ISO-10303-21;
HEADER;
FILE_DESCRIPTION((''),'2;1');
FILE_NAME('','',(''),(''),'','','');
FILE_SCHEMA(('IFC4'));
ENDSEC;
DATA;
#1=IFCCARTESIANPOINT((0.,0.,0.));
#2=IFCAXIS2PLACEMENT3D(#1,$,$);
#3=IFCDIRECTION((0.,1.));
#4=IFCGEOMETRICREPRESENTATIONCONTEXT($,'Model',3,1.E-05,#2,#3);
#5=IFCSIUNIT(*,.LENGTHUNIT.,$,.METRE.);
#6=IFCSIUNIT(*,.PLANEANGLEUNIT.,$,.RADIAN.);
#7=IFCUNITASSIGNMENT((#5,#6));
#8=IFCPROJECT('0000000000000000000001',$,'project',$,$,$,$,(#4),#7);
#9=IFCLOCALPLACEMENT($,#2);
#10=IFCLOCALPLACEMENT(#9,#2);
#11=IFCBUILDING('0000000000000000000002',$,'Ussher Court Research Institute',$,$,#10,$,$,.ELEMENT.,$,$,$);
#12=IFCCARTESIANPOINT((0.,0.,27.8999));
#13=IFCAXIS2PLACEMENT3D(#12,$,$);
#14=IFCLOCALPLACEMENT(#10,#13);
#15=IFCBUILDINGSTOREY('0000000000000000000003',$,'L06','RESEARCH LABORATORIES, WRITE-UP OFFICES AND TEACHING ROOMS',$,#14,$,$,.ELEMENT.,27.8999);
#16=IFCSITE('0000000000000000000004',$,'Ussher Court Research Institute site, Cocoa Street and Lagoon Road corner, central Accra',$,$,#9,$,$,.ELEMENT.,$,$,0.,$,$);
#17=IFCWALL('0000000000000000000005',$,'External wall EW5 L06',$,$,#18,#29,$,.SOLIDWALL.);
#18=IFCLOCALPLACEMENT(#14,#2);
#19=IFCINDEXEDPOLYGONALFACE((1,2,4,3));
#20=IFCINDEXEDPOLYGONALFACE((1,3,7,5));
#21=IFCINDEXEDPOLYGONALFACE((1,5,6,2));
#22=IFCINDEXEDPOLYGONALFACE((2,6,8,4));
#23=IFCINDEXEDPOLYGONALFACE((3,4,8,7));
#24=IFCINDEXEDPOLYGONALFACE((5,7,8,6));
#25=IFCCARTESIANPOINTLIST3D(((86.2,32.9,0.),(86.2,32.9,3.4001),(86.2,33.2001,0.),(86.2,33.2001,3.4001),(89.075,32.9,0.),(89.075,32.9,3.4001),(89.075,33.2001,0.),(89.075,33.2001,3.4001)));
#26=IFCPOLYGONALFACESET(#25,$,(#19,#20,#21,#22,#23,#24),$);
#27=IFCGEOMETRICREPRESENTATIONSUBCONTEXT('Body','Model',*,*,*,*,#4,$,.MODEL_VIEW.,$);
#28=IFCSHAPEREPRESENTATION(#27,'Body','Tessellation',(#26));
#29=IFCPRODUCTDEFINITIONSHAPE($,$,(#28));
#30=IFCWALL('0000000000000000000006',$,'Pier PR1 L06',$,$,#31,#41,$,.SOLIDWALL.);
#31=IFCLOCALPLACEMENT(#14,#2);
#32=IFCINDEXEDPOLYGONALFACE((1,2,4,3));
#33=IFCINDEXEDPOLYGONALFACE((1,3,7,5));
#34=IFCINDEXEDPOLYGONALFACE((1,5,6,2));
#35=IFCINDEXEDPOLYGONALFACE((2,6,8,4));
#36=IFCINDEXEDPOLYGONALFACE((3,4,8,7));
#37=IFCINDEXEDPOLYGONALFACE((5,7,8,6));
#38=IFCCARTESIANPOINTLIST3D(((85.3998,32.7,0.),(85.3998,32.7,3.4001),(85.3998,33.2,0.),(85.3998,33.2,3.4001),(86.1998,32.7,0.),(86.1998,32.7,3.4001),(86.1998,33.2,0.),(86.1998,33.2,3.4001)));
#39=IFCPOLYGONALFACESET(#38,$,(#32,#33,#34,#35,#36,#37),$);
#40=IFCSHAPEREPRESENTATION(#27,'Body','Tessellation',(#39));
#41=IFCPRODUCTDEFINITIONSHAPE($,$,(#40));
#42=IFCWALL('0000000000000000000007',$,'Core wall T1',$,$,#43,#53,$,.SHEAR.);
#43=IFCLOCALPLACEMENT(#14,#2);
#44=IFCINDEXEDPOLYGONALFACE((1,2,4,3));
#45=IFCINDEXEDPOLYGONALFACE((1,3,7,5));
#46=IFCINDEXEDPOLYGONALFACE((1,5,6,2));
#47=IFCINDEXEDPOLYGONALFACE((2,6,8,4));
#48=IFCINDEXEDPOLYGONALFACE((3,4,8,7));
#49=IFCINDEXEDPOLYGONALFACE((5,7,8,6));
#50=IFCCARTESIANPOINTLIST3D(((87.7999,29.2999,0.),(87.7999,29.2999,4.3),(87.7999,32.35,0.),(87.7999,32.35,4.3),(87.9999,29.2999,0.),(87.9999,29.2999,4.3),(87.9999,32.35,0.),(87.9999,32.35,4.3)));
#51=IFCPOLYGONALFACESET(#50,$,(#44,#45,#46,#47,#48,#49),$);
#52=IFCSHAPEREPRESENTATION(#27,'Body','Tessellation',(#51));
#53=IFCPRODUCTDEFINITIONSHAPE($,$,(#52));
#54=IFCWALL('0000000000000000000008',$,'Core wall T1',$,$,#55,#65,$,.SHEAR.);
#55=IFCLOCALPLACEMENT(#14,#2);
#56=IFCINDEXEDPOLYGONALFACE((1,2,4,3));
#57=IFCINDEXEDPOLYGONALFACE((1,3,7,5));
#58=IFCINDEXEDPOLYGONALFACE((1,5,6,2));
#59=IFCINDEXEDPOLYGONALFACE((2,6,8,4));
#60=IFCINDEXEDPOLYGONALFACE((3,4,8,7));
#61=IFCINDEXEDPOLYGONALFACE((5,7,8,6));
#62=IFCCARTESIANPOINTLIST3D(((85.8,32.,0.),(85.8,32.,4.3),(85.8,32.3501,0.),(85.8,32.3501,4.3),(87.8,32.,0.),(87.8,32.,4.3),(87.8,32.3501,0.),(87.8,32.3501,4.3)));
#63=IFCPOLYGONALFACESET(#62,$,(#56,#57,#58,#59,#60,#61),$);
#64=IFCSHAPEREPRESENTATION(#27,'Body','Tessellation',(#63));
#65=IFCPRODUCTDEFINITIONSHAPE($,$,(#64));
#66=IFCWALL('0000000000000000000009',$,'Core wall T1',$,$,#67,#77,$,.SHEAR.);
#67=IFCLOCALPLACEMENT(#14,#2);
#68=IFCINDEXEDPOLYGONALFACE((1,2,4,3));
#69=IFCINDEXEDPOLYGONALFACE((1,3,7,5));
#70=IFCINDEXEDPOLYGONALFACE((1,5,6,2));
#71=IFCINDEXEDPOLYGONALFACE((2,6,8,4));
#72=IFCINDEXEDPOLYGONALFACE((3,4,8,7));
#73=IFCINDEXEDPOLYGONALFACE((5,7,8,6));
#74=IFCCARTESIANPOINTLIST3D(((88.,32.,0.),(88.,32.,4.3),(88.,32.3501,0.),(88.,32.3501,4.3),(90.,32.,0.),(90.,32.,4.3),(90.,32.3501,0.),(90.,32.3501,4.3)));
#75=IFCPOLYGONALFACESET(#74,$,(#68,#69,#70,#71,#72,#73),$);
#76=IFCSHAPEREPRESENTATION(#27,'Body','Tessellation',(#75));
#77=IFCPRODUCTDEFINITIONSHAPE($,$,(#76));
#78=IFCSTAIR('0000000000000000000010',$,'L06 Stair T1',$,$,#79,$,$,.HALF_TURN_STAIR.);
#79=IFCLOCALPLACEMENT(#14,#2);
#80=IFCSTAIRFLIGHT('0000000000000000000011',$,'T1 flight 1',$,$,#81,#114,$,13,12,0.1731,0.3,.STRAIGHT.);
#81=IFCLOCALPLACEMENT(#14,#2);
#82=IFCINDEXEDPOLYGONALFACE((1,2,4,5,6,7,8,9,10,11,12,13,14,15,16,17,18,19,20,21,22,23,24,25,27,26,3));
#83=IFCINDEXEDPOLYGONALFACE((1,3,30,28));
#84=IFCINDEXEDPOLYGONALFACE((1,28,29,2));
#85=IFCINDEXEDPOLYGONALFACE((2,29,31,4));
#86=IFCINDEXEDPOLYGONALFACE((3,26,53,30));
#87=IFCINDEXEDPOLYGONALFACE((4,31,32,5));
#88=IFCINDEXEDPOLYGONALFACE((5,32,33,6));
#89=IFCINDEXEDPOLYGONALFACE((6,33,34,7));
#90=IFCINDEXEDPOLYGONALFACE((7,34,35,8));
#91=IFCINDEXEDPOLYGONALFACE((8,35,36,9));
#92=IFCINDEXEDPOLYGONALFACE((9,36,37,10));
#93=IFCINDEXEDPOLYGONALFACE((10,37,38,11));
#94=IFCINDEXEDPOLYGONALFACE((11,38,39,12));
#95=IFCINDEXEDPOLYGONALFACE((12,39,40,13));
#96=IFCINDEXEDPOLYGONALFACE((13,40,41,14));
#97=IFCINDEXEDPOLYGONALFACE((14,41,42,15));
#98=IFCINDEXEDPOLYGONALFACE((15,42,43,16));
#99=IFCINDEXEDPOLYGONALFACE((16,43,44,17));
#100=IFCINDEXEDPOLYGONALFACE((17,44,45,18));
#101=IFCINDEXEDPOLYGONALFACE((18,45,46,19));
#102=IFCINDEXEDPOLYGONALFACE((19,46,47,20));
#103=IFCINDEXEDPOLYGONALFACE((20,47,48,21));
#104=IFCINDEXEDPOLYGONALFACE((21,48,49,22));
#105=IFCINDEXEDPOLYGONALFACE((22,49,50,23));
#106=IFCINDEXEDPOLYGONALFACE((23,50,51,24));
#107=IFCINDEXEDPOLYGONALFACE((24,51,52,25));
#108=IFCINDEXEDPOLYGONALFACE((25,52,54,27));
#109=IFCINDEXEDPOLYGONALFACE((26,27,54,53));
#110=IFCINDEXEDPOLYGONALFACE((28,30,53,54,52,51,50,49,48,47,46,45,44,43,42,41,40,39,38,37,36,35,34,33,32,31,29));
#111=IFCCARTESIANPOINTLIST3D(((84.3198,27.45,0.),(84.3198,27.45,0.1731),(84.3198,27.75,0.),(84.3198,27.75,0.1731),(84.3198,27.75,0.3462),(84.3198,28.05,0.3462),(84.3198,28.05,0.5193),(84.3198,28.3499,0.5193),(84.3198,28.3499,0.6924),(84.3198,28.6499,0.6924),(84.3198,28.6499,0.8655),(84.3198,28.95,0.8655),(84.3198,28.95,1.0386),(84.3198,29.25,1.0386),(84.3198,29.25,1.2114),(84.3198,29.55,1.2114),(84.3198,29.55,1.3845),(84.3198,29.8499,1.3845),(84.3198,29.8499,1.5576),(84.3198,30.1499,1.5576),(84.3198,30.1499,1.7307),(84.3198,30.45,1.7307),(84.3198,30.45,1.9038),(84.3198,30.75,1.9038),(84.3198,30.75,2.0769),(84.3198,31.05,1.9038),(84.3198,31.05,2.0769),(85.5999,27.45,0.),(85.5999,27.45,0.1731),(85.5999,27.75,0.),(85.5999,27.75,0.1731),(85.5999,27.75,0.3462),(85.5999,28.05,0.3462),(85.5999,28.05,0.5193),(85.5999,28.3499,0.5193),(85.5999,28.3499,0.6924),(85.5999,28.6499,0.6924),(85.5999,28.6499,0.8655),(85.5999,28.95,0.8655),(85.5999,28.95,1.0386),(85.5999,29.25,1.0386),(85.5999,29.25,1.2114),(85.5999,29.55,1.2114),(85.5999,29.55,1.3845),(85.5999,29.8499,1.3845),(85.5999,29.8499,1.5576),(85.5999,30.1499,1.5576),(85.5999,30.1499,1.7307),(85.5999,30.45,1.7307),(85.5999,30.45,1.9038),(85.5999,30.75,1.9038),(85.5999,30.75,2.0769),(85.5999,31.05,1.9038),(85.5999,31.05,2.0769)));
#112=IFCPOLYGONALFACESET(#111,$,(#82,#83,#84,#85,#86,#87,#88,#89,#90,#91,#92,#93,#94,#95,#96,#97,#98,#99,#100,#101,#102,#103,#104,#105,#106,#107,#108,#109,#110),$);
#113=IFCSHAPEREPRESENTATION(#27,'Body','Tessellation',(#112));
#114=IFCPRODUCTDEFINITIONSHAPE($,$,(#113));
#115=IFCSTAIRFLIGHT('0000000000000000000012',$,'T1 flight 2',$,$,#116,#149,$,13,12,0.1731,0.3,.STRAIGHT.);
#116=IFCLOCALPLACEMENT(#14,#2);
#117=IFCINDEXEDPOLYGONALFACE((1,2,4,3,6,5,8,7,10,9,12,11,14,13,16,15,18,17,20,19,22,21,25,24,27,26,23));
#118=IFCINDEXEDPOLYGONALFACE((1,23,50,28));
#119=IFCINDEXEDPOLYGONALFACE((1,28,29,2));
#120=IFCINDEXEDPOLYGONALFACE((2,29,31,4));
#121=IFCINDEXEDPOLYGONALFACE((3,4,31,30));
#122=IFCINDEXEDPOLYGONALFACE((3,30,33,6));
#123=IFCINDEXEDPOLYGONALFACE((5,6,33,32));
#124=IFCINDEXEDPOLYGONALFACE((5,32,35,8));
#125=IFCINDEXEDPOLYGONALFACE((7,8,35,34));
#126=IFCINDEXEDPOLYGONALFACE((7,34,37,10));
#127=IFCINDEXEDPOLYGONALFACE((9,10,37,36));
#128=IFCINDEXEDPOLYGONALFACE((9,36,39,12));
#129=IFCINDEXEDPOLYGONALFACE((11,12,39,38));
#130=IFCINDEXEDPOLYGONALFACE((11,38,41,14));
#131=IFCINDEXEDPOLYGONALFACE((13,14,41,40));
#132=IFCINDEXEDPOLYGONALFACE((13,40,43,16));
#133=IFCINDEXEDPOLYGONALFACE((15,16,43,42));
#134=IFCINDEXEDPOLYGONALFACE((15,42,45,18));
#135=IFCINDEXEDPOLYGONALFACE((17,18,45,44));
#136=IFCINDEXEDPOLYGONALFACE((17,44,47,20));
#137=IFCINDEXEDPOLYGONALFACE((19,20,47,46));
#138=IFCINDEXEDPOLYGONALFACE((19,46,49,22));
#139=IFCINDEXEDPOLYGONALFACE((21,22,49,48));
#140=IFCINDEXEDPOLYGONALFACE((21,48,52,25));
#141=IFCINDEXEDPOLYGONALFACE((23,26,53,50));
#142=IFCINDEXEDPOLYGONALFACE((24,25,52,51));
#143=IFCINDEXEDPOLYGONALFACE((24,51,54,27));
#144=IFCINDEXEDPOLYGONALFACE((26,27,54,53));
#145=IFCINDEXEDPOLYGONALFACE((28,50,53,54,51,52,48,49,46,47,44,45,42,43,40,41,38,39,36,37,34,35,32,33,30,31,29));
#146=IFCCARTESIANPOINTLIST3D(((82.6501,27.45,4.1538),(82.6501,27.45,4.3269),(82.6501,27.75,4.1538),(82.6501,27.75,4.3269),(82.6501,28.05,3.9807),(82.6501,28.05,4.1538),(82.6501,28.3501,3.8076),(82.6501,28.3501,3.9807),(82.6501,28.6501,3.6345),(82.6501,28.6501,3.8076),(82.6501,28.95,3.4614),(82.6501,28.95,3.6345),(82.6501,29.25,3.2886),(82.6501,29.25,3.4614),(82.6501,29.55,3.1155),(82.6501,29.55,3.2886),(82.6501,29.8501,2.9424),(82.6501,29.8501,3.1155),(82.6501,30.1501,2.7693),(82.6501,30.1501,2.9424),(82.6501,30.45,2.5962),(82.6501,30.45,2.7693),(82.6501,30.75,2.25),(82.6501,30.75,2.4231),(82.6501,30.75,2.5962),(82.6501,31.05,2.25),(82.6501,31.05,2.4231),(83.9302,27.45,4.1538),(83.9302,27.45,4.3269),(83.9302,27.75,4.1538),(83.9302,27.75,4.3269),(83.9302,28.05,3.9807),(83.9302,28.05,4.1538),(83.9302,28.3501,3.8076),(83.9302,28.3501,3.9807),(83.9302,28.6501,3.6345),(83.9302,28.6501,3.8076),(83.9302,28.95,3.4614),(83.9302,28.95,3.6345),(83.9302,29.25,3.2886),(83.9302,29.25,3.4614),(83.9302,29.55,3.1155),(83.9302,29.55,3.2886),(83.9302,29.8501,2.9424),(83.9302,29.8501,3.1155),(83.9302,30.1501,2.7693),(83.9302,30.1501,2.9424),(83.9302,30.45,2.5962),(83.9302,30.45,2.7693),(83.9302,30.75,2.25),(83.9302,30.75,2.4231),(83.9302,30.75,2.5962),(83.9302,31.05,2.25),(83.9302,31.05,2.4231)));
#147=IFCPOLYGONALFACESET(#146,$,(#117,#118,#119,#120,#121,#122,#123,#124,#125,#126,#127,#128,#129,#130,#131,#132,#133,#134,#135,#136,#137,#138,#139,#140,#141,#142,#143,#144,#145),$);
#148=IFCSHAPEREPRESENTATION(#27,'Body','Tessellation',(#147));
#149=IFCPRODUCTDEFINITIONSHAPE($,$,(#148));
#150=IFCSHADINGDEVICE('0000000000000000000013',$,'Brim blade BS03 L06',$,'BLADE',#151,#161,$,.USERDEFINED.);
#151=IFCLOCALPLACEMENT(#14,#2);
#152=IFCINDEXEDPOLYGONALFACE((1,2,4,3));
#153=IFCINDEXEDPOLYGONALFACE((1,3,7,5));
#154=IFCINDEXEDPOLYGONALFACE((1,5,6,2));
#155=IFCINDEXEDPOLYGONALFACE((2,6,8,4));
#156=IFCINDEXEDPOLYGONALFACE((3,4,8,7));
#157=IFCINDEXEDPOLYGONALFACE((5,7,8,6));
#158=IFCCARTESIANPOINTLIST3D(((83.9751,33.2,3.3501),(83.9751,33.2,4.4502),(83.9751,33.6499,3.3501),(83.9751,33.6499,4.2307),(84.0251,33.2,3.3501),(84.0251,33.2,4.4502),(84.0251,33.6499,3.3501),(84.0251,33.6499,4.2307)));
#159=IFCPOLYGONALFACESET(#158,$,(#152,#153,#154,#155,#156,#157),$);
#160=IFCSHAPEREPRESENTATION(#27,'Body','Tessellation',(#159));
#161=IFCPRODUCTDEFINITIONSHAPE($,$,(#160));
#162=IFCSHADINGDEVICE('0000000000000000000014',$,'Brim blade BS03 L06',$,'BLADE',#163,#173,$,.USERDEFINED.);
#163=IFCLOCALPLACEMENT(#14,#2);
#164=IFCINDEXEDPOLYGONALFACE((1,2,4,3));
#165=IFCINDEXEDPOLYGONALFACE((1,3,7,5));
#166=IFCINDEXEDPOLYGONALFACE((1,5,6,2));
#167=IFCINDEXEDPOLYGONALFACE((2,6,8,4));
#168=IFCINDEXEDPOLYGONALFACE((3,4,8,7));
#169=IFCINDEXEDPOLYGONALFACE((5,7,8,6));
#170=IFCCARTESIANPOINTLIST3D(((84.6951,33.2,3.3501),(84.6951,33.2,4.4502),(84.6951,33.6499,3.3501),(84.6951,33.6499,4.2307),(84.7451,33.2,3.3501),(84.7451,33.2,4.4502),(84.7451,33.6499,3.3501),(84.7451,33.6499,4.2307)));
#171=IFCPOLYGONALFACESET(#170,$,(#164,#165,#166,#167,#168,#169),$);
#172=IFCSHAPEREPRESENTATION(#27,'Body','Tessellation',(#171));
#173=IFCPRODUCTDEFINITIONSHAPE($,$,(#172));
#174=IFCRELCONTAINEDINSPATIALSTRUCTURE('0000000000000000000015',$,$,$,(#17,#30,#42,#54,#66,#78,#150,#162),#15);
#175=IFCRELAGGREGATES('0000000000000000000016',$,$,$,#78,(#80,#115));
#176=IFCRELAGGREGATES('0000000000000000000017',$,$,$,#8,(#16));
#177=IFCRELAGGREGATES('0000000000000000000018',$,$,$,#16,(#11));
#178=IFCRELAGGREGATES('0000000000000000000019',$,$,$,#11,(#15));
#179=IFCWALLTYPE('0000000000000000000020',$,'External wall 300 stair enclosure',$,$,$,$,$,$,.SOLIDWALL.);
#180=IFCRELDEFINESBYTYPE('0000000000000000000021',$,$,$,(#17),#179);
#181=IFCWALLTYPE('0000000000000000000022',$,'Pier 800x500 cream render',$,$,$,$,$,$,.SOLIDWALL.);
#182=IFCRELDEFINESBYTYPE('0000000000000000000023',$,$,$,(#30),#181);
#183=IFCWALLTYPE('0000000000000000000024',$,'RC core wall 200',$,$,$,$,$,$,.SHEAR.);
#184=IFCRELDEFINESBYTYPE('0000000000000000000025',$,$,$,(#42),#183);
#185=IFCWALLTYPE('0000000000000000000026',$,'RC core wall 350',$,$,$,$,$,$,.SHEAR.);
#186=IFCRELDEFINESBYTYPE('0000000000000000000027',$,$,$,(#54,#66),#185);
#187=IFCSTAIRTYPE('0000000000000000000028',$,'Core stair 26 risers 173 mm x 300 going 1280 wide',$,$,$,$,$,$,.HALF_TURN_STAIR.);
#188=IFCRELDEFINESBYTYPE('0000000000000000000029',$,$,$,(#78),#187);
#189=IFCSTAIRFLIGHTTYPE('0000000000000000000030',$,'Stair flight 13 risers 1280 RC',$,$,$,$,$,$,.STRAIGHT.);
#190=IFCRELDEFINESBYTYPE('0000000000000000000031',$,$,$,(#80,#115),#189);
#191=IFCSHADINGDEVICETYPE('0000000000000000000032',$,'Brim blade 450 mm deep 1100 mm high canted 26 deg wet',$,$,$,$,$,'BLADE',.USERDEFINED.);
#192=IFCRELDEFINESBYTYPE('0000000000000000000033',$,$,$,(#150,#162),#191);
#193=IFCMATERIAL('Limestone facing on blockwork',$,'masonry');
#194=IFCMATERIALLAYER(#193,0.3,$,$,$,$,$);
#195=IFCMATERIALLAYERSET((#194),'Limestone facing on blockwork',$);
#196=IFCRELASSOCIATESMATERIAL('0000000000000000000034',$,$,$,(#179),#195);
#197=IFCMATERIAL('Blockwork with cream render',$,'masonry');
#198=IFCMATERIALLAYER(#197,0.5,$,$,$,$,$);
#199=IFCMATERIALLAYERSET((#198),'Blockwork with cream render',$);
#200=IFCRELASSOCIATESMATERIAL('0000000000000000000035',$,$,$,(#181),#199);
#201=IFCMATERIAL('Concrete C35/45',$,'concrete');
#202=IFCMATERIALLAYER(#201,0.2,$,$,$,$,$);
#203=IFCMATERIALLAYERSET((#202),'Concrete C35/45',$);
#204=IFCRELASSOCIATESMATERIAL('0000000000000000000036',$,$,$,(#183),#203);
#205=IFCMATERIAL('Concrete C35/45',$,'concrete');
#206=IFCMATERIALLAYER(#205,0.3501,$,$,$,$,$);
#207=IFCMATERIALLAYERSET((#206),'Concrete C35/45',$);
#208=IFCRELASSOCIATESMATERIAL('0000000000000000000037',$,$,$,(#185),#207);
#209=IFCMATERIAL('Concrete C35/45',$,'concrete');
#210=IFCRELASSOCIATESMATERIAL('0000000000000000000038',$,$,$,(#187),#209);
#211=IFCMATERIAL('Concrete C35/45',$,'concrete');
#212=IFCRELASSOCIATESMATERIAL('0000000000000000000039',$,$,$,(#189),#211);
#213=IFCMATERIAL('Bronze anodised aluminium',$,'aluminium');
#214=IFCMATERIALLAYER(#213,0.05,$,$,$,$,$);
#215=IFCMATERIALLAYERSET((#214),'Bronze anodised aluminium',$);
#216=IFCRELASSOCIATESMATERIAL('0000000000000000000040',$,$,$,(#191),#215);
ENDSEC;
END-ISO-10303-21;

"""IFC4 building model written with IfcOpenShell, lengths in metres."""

from ifc_helpers import new_model, si_unit, direction, frame, frame_2d, origin, place, context, subcontext, project, spatial, polyline, rectangle, outline, extrude, material, layer, layer_set, type_object, element, aggregate, save


model = new_model("IFC4")

# Units and contexts
model_context = context("Model", 3, precision=1e-05, world=origin(), true_north=direction((0.0, 1.0)))
body_context = subcontext(model_context, "Body", "Model", "MODEL_VIEW")
ifc_project = project(units=[si_unit("LENGTHUNIT", "METRE"), si_unit("PLANEANGLEUNIT", "RADIAN")], contexts=[model_context])

# Site, building, storey
site_placement = place(None, origin())
site = spatial("IfcSite", under=ifc_project, at=site_placement, Name="Ussher Court Research Institute site, Cocoa Street and Lagoon Road corner, central Accra", CompositionType="ELEMENT", RefElevation=0.0)
building_placement = place(site_placement, origin())
building = spatial("IfcBuilding", under=site, at=building_placement, Name="Ussher Court Research Institute", CompositionType="ELEMENT")
storey_placement = place(building_placement, frame((0.0, 0.0, 27.8999)))
storey = spatial("IfcBuildingStorey", under=building, at=storey_placement, Name="L06", Description="RESEARCH LABORATORIES, WRITE-UP OFFICES AND TEACHING ROOMS", CompositionType="ELEMENT", Elevation=27.8999)

# Walls
ifc_material_1 = material(Name="Limestone facing on blockwork", Category="masonry")
ifc_layer_1 = layer(ifc_material_1, 0.3)
ifc_layer_set_1 = layer_set([ifc_layer_1], Name="Limestone facing on blockwork")
wall_type_1 = type_object("IfcWallType", Name="External wall 300 stair enclosure", PredefinedType="SOLIDWALL", material=ifc_layer_set_1)
wall_1_placement = place(storey_placement, frame((86.2, 33.05, 0.0), z_axis=(0.0, 0.0, 1.0), x_axis=(1.0, 0.0, 0.0)))
element("IfcWall", 1, at=wall_1_placement, inside=storey, type_object=wall_type_1, Name="External wall EW5 L06", PredefinedType="SOLIDWALL", context=body_context, shape_type="SweptSolid", body=[
    extrude(rectangle(XDim=2.875, YDim=0.3, at=frame_2d((1.4375, 0.0))), origin(), (0.0, 0.0, 1.0), 3.4001),
])
ifc_material_2 = material(Name="Blockwork with cream render", Category="masonry")
ifc_layer_2 = layer(ifc_material_2, 0.5)
ifc_layer_set_2 = layer_set([ifc_layer_2], Name="Blockwork with cream render")
wall_type_2 = type_object("IfcWallType", Name="Pier 800x500 cream render", PredefinedType="SOLIDWALL", material=ifc_layer_set_2)
wall_2_placement = place(storey_placement, frame((85.3999, 32.95, 0.0), z_axis=(0.0, 0.0, 1.0), x_axis=(1.0, 0.0, 0.0)))
element("IfcWall", 2, at=wall_2_placement, inside=storey, type_object=wall_type_2, Name="Pier PR1 L06", PredefinedType="SOLIDWALL", context=body_context, shape_type="SweptSolid", body=[
    extrude(rectangle(XDim=0.8, YDim=0.5, at=frame_2d((0.3999, 0.0))), origin(), (0.0, 0.0, 1.0), 3.4001),
])
ifc_material_3 = material(Name="Concrete C35/45", Category="concrete")
ifc_layer_3 = layer(ifc_material_3, 0.2)
ifc_layer_set_3 = layer_set([ifc_layer_3], Name="Concrete C35/45")
wall_type_3 = type_object("IfcWallType", Name="RC core wall 200", PredefinedType="SHEAR", material=ifc_layer_set_3)
wall_3_placement = place(storey_placement, frame((87.8999, 29.3, 0.0), z_axis=(0.0, 0.0, 1.0), x_axis=(0.0, 1.0, 0.0)))
element("IfcWall", 3, at=wall_3_placement, inside=storey, type_object=wall_type_3, Name="Core wall T1", PredefinedType="SHEAR", context=body_context, shape_type="SweptSolid", body=[
    extrude(rectangle(XDim=3.05, YDim=0.2, at=frame_2d((1.5249, 0.0))), origin(), (0.0, 0.0, 1.0), 4.3),
])
ifc_material_4 = material(Name="Concrete C35/45", Category="concrete")
ifc_layer_4 = layer(ifc_material_4, 0.3501)
ifc_layer_set_4 = layer_set([ifc_layer_4], Name="Concrete C35/45")
wall_type_4 = type_object("IfcWallType", Name="RC core wall 350", PredefinedType="SHEAR", material=ifc_layer_set_4)
for number, where, z_axis, x_axis, name in (
    (4, (85.8, 32.175, 0.0), (0.0, 0.0, 1.0), (1.0, 0.0, 0.0), "Core wall T1"),
    (5, (88.0, 32.175, 0.0), (0.0, 0.0, 1.0), (1.0, 0.0, 0.0), "Core wall T1"),
):
    element("IfcWall", number, at=place(storey_placement, frame(where, z_axis=z_axis, x_axis=x_axis)), inside=storey, type_object=wall_type_4, Name=name, PredefinedType="SHEAR", context=body_context, shape_type="SweptSolid", body=[
        extrude(rectangle(XDim=2.0, YDim=0.3501, at=frame_2d((1.0, 0.0))), origin(), (0.0, 0.0, 1.0), 4.3),
    ])

# Stair, stair flights
ifc_material_5 = material(Name="Concrete C35/45", Category="concrete")
stair_type = type_object("IfcStairType", Name="Core stair 26 risers 173 mm x 300 going 1280 wide", PredefinedType="HALF_TURN_STAIR", material=ifc_material_5)
stair_placement = place(storey_placement, origin())
stair = element("IfcStair", 6, at=stair_placement, inside=storey, type_object=stair_type, Name="L06 Stair T1", PredefinedType="HALF_TURN_STAIR")
ifc_material_6 = material(Name="Concrete C35/45", Category="concrete")
stair_flight_type = type_object("IfcStairFlightType", Name="Stair flight 13 risers 1280 RC", PredefinedType="STRAIGHT", material=ifc_material_6)
stair_flight_1_placement = place(storey_placement, frame((84.96, 27.45, 0.0), z_axis=(0.0, 0.0, 1.0), x_axis=(0.0, 1.0, 0.0)))
stair_flight_1 = element("IfcStairFlight", 7, at=stair_flight_1_placement, type_object=stair_flight_type, Name="T1 flight 1", NumberOfRisers=13, NumberOfTreads=12, PredefinedType="STRAIGHT", RiserHeight=0.1731, TreadLength=0.3, context=body_context, shape_type="SweptSolid", body=[
    extrude(outline(polyline([(0.0, 0.0), (0.0, 0.1731), (0.3, 0.1731), (0.3, 0.3462), (0.6001, 0.3462), (0.6001, 0.5193), (0.8999, 0.5193), (0.8999, 0.6924), (1.2, 0.6924), (1.2, 0.8655), (1.5, 0.8655), (1.5, 1.0386), (1.8, 1.0386), (1.8, 1.2114), (2.1001, 1.2114), (2.1001, 1.3845), (2.3999, 1.3845), (2.3999, 1.5576), (2.7, 1.5576), (2.7, 1.7307), (3.0, 1.7307), (3.0, 1.9038), (3.3, 1.9038), (3.3, 2.0769), (3.6001, 2.0769), (3.6001, 2.25), (3.6001, 1.9038), (0.3, 0.0), (0.0, 0.0)])), frame((0.0, 0.6401, 0.0), z_axis=(0.0, -1.0, 0.0), x_axis=(1.0, 0.0, 0.0)), (0.0, 0.0, 1.0), 1.28),
])
stair_flight_2_placement = place(storey_placement, frame((83.29, 31.05, 2.25), z_axis=(0.0, 0.0, 1.0), x_axis=(0.0, -1.0, 0.0)))
stair_flight_2 = element("IfcStairFlight", 8, at=stair_flight_2_placement, type_object=stair_flight_type, Name="T1 flight 2", NumberOfRisers=13, NumberOfTreads=12, PredefinedType="STRAIGHT", RiserHeight=0.1731, TreadLength=0.3, context=body_context, shape_type="SweptSolid", body=[
    extrude(outline(polyline([(0.0, 0.0), (0.0, 0.1731), (0.3, 0.1731), (0.3, 0.3462), (0.6001, 0.3462), (0.6001, 0.5193), (0.8999, 0.5193), (0.8999, 0.6924), (1.2, 0.6924), (1.2, 0.8655), (1.5, 0.8655), (1.5, 1.0386), (1.8, 1.0386), (1.8, 1.2114), (2.1001, 1.2114), (2.1001, 1.3845), (2.3999, 1.3845), (2.3999, 1.5576), (2.7, 1.5576), (2.7, 1.7307), (3.0, 1.7307), (3.0, 1.9038), (3.3, 1.9038), (3.3, 2.0769), (3.6001, 2.0769), (3.6001, 2.25), (3.6001, 1.9038), (0.3, 0.0), (0.0, 0.0)])), frame((0.0, 0.6401, 0.0), z_axis=(0.0, -1.0, 0.0), x_axis=(1.0, 0.0, 0.0)), (0.0, 0.0, 1.0), 1.28),
])
aggregate(stair, [stair_flight_1, stair_flight_2])

# Shading devices
ifc_material_7 = material(Name="Bronze anodised aluminium", Category="aluminium")
ifc_layer_5 = layer(ifc_material_7, 0.05)
ifc_layer_set_5 = layer_set([ifc_layer_5], Name="Bronze anodised aluminium")
shading_device_type_1 = type_object("IfcShadingDeviceType", Name="Brim blade 450 mm deep 1100 mm high canted 26 deg wet", ElementType="BLADE", PredefinedType="USERDEFINED", material=ifc_layer_set_5)
for number, where, z_axis, x_axis, name in (
    (9, (84.0, 33.2, 3.3501), (0.0, 0.0, 1.0), (0.0, 1.0, 0.0), "Brim blade BS03 L06"),
    (10, (84.72, 33.2, 3.3501), (0.0, 0.0, 1.0), (0.0, 1.0, 0.0), "Brim blade BS03 L06"),
):
    element("IfcShadingDevice", number, at=place(storey_placement, frame(where, z_axis=z_axis, x_axis=x_axis)), inside=storey, type_object=shading_device_type_1, Name=name, ObjectType="BLADE", PredefinedType="USERDEFINED", context=body_context, shape_type="SweptSolid", body=[
        extrude(outline(polyline([(0.0, 0.0), (0.45, 0.0), (0.45, 0.8806), (0.0, 1.1001), (0.0, 0.0)])), frame((0.0, 0.0249, 0.0), z_axis=(0.0, -1.0, 0.0), x_axis=(1.0, 0.0, 0.0)), (0.0, 0.0, 1.0), 0.05),
    ])

save(model, "model.ifc")
